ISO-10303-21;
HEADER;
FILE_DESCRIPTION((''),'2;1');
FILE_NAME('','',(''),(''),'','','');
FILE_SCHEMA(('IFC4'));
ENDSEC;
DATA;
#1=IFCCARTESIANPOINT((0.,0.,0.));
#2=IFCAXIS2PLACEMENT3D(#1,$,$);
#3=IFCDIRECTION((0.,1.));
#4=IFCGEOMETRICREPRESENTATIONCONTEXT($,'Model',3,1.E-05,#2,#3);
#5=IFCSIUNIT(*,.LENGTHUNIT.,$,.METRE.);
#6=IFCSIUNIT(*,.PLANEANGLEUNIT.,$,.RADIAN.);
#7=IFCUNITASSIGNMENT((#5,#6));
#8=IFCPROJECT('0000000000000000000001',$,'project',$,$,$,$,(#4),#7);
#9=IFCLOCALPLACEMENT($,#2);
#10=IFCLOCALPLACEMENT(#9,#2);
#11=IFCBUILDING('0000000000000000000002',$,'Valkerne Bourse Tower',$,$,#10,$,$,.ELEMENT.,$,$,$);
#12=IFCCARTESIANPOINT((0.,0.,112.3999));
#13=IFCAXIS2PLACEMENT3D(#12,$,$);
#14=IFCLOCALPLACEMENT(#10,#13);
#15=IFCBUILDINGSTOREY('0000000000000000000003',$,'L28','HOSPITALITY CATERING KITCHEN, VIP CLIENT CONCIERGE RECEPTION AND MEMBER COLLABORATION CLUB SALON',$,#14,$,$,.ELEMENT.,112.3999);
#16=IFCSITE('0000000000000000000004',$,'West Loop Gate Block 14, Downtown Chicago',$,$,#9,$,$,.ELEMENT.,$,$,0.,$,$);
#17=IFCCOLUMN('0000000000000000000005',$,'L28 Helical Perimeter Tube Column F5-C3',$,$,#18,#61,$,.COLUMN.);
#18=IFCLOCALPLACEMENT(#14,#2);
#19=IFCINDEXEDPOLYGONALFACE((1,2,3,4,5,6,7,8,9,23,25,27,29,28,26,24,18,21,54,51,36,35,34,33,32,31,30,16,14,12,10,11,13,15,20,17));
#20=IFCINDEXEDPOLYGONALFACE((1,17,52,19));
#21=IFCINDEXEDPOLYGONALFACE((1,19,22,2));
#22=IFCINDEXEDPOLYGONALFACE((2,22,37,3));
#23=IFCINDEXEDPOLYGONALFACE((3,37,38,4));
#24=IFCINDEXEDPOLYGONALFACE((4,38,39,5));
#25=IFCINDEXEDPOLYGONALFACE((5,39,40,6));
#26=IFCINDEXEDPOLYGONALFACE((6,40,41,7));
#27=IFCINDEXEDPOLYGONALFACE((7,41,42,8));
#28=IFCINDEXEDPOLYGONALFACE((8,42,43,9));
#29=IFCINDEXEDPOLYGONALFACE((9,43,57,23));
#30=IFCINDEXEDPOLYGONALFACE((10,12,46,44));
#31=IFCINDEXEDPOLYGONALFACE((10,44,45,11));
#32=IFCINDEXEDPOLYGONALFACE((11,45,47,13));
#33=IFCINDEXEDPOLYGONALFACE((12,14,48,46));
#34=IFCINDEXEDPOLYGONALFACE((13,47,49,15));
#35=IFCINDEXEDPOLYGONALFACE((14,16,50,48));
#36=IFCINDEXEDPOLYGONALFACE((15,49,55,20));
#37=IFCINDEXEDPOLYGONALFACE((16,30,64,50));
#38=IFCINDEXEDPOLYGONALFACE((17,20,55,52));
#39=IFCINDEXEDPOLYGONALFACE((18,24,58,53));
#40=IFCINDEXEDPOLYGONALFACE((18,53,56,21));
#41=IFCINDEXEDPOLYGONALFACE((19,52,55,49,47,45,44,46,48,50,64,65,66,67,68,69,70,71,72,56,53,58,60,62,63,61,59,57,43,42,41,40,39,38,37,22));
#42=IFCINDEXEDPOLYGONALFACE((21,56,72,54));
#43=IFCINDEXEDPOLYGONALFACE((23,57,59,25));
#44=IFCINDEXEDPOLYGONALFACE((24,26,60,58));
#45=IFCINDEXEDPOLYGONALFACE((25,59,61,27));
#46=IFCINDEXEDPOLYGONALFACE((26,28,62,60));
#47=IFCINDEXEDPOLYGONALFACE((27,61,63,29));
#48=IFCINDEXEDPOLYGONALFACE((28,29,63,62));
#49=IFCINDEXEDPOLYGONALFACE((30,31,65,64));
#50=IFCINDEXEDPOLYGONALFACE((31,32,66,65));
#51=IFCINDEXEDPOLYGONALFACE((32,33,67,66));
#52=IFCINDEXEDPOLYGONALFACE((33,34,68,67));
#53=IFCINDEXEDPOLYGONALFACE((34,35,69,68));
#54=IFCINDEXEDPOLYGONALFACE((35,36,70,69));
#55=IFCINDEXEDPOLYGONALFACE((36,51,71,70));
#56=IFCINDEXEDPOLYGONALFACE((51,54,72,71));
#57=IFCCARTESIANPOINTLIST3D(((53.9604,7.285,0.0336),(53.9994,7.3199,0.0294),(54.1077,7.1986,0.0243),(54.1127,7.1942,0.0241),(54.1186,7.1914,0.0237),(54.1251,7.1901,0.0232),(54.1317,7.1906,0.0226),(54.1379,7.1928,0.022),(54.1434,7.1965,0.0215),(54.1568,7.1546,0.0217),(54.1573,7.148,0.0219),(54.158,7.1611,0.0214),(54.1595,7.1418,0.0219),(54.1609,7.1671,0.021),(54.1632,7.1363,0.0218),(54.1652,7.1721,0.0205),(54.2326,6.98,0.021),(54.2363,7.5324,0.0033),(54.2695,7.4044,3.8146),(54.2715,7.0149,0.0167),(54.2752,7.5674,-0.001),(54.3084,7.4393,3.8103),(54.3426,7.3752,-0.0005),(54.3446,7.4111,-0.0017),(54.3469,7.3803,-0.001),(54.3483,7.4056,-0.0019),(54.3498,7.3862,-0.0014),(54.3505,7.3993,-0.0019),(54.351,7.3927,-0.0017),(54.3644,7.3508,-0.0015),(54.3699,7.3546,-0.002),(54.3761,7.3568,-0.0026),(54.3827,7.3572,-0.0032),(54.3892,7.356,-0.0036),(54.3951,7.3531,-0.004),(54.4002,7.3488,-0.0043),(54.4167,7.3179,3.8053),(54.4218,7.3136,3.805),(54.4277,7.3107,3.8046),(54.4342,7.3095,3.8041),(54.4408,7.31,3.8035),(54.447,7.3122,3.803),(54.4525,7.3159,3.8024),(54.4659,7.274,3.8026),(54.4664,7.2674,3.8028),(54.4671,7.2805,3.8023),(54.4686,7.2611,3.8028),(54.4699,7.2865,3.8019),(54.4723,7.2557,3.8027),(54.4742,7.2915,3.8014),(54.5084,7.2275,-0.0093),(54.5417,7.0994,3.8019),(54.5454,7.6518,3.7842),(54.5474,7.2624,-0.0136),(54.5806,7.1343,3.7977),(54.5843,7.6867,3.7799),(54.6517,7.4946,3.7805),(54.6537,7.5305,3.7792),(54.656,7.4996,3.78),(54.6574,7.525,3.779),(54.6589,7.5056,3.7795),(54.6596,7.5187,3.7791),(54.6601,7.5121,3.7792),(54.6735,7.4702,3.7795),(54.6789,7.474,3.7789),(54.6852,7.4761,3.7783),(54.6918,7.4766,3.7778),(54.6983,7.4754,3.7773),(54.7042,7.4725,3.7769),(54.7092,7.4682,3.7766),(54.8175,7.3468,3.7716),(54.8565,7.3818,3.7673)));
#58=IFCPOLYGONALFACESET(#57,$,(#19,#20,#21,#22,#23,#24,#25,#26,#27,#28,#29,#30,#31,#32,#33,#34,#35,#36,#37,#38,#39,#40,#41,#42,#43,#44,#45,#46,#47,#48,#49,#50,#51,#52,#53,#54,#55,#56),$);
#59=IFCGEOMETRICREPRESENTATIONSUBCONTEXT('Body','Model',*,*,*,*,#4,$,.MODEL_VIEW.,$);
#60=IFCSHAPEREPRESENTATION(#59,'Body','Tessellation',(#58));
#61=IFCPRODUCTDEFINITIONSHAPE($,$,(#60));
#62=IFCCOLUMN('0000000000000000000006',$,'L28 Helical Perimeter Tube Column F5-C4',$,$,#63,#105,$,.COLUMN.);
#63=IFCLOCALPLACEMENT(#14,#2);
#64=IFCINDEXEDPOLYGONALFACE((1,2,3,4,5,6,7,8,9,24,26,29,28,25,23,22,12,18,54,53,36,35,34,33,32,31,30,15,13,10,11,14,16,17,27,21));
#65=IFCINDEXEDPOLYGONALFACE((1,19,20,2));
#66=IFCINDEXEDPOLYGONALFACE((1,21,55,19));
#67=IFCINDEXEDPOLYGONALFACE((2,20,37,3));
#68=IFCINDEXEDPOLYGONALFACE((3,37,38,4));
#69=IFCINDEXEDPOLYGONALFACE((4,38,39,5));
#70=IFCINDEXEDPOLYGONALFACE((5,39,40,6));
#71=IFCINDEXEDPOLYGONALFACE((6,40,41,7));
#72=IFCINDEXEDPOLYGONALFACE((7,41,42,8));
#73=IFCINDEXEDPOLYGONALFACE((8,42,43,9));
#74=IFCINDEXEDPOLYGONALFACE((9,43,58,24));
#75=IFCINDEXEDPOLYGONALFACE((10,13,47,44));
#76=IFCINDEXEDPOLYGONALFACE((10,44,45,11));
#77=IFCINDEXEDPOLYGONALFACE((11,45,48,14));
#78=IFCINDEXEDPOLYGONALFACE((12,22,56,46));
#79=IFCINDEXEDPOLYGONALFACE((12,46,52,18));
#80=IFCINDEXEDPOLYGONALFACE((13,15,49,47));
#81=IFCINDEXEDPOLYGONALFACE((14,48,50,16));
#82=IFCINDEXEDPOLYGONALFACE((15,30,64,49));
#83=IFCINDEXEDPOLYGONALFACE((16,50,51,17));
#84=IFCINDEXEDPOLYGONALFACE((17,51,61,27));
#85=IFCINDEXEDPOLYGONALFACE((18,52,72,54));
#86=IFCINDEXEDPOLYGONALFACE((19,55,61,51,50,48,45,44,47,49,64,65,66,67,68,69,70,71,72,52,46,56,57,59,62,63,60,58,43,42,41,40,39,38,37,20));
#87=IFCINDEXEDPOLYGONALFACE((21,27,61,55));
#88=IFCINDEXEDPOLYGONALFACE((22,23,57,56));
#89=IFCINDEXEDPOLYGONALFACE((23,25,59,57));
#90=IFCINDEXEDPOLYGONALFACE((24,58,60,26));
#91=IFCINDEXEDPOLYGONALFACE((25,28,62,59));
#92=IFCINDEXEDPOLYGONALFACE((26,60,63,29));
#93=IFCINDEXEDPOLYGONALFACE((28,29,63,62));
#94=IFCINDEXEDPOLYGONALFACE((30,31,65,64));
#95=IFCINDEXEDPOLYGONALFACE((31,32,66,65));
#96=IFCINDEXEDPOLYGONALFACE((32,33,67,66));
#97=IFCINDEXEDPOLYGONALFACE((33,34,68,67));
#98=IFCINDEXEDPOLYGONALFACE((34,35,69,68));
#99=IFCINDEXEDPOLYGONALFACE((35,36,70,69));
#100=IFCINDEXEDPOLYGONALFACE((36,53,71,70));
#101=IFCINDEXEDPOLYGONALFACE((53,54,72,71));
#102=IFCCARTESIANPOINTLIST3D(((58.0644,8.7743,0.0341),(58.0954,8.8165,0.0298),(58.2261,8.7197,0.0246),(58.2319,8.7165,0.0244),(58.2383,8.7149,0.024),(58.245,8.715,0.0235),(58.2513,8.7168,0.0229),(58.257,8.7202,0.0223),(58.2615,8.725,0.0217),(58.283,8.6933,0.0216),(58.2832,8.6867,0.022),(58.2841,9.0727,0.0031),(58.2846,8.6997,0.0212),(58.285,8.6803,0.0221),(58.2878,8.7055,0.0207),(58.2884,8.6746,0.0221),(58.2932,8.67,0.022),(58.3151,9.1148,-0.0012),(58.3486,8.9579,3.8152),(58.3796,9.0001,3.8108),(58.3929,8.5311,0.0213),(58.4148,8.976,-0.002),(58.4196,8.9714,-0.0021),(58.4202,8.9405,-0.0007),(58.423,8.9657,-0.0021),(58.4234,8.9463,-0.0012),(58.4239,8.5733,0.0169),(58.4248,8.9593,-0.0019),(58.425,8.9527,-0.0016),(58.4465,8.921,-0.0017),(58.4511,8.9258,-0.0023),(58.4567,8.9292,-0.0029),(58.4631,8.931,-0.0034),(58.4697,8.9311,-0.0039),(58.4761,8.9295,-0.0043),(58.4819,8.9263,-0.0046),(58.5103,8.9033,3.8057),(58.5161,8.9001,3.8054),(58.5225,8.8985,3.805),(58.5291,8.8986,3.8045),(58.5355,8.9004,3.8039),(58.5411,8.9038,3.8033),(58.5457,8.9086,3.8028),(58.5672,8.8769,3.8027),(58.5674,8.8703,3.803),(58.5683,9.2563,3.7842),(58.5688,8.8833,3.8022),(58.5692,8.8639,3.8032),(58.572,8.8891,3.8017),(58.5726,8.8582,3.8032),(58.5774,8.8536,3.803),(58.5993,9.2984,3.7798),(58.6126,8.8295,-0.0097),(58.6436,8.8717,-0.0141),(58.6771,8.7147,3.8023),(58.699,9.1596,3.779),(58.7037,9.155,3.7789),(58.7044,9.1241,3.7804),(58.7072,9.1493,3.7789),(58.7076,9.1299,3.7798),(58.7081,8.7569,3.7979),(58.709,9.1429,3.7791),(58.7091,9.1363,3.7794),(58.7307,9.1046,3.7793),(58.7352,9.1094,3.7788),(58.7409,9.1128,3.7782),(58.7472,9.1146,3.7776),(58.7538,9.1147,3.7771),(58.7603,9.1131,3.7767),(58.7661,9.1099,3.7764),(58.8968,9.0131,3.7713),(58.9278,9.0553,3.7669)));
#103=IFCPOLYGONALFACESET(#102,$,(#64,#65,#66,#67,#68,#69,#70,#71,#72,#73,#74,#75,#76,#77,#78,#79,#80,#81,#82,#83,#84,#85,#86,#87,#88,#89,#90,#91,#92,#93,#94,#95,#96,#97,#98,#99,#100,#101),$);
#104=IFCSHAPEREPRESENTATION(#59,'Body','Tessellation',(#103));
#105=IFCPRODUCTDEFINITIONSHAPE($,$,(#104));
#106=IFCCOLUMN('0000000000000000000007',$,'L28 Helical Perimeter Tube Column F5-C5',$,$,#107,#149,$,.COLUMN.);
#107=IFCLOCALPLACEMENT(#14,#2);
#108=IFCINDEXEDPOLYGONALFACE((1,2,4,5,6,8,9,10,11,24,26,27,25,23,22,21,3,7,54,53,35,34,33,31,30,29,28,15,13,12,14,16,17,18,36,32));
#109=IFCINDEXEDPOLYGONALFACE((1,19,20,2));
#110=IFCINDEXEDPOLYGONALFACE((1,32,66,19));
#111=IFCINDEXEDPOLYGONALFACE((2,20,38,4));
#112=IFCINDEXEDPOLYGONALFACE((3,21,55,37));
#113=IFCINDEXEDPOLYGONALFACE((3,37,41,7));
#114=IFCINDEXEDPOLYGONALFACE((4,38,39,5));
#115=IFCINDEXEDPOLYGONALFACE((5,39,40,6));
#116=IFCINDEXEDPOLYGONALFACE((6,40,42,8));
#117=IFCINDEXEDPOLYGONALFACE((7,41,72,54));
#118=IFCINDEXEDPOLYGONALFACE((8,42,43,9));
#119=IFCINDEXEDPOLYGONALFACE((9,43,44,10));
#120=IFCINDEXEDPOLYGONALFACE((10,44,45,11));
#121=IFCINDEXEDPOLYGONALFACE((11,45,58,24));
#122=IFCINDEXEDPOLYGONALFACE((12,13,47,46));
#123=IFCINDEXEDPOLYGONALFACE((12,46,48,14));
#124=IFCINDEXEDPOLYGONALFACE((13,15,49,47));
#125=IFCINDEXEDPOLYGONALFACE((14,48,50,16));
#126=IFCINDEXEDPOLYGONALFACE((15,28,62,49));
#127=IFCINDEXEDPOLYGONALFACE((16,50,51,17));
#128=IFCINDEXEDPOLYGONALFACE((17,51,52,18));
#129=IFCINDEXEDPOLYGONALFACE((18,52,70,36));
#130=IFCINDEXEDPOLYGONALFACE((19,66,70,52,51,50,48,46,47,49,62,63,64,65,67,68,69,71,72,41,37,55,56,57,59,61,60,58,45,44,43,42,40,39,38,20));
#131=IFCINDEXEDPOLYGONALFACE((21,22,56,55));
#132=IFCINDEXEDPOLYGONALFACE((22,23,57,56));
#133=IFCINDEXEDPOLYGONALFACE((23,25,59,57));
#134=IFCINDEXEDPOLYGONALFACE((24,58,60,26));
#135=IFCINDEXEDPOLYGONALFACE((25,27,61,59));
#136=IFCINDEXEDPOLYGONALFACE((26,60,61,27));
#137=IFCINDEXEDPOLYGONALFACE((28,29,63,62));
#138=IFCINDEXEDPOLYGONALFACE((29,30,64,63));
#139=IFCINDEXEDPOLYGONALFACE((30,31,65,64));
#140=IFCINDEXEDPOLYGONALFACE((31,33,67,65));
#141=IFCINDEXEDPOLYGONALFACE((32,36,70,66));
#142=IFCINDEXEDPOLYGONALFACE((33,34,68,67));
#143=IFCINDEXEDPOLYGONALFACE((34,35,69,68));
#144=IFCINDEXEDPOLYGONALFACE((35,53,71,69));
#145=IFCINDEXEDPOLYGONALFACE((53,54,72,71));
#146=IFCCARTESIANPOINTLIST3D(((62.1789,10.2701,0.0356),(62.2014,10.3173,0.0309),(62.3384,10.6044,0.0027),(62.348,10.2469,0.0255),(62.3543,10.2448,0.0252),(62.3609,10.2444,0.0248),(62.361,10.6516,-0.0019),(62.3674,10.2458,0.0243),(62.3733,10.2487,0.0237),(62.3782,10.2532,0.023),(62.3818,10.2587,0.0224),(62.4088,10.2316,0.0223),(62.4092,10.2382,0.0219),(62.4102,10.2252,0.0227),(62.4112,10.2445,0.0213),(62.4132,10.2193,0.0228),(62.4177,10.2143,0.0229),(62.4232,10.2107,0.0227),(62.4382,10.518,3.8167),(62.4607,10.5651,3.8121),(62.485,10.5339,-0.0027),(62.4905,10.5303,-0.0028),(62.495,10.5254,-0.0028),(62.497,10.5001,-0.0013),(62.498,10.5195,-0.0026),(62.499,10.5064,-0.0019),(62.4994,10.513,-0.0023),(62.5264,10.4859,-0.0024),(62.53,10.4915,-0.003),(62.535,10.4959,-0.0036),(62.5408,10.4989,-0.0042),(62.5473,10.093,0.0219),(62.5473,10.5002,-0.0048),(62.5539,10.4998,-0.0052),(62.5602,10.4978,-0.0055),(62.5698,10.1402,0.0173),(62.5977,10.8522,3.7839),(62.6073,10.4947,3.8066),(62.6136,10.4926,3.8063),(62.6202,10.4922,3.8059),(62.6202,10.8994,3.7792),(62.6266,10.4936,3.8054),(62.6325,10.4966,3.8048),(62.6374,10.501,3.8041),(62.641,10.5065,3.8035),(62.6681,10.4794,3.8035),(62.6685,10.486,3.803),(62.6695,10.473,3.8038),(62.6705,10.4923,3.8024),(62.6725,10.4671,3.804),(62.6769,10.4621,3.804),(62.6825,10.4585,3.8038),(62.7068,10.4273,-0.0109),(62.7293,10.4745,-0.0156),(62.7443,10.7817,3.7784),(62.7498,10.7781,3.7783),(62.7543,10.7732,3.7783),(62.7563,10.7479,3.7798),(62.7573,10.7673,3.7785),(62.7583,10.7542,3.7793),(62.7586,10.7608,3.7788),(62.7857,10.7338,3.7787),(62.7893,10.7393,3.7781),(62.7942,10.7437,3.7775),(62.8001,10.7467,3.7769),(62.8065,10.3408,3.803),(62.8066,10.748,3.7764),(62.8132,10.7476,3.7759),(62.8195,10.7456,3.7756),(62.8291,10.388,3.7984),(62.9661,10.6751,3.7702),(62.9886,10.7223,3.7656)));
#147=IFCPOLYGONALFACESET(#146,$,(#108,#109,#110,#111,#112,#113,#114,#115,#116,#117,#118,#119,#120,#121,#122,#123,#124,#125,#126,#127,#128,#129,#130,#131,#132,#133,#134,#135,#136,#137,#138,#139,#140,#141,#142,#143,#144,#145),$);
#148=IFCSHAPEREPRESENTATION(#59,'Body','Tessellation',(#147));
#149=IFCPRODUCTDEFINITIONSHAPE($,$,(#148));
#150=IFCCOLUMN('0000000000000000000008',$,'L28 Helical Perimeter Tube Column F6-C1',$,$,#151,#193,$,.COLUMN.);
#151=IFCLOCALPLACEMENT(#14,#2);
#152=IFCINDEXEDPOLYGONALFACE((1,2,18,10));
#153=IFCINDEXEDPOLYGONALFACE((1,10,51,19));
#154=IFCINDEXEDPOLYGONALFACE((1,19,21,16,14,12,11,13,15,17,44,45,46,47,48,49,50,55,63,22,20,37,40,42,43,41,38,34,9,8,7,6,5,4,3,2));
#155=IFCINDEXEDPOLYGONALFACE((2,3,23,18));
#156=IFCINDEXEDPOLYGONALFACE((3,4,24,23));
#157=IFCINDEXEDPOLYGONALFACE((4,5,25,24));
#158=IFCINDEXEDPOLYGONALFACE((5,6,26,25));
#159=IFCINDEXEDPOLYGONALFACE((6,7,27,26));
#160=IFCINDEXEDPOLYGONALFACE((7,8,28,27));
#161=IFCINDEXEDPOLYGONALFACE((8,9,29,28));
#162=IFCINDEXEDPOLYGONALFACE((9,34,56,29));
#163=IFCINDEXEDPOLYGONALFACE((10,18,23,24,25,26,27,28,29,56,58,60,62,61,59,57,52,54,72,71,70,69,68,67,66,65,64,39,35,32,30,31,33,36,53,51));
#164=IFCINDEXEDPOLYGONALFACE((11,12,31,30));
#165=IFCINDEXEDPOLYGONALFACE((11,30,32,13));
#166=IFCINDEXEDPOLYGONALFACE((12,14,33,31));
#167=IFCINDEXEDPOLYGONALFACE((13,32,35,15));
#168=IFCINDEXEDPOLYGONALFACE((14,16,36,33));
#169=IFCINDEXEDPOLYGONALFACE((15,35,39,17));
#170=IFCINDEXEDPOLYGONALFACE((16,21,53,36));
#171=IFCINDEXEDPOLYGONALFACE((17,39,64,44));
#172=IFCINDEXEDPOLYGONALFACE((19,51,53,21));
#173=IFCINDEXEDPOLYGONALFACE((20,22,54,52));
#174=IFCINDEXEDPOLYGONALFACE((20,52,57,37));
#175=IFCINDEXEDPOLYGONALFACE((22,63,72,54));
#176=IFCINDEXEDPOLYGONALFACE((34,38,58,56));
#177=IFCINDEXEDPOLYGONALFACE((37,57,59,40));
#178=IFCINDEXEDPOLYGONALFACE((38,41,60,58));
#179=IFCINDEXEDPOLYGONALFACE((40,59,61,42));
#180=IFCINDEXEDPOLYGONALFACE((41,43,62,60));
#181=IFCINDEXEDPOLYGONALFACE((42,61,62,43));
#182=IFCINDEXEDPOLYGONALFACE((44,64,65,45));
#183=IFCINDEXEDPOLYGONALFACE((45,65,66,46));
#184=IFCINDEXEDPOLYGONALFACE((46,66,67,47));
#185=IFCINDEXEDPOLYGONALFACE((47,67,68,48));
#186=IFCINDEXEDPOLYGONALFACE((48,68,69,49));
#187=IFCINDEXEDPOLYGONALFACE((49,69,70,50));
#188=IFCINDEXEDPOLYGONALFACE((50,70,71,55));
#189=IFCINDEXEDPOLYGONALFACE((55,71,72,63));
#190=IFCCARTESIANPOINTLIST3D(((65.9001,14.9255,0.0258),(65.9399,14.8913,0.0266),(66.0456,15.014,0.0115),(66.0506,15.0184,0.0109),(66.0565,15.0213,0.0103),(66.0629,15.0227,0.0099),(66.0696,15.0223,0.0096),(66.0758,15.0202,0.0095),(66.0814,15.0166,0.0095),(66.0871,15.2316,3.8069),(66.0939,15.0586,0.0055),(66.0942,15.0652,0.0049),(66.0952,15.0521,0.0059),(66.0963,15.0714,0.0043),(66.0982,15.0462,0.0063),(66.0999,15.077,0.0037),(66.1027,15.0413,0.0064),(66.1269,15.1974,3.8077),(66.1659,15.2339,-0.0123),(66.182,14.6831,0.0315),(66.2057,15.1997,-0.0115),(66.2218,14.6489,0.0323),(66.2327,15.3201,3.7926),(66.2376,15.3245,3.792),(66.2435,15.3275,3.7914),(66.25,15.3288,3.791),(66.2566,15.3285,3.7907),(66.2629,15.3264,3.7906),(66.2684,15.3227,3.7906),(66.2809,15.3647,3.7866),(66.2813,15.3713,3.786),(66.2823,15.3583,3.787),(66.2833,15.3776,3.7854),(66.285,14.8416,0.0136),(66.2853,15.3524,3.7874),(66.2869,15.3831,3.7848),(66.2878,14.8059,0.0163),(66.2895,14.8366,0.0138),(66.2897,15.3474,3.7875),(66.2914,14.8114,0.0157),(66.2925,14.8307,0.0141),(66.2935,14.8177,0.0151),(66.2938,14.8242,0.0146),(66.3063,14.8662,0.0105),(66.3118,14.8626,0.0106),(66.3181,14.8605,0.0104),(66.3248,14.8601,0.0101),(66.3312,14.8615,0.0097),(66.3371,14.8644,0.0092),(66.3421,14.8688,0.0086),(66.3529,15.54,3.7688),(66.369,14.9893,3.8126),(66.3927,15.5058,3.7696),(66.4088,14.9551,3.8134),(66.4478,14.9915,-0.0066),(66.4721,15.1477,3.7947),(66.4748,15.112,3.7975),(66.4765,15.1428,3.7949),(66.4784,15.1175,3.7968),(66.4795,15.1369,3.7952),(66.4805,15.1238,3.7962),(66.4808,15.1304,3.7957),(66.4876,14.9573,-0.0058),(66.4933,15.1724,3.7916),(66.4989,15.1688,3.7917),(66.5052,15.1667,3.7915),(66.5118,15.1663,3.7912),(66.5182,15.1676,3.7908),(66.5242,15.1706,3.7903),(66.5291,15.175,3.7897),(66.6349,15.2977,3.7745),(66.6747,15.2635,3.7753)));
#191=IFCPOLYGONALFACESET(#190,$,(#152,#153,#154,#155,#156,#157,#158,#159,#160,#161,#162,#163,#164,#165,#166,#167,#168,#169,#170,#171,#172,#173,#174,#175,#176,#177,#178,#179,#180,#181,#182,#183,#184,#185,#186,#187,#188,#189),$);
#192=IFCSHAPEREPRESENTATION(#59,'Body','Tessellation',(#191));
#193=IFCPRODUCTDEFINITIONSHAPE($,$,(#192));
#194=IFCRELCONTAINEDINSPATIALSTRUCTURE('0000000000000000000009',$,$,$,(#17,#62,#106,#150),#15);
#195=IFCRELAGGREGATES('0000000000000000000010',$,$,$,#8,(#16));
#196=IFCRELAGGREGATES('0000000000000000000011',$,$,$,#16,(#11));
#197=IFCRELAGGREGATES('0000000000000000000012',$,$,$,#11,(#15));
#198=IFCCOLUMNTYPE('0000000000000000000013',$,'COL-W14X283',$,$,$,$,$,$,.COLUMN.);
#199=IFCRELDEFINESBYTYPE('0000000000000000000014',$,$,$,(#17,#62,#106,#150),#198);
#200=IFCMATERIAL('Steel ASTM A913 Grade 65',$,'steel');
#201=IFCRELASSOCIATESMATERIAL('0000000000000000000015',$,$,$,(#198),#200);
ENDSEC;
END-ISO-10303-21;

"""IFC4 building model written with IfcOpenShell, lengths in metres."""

from ifc_helpers import new_model, si_unit, direction, frame, origin, origin_2d, place, context, subcontext, project, spatial, i_section, extrude, material, material_profile, profile_set, type_object, element, save


model = new_model("IFC4")

# Units and contexts
model_context = context("Model", 3, precision=1e-05, world=origin(), true_north=direction((0.0, 1.0)))
body_context = subcontext(model_context, "Body", "Model", "MODEL_VIEW")
ifc_project = project(units=[si_unit("LENGTHUNIT", "METRE"), si_unit("PLANEANGLEUNIT", "RADIAN")], contexts=[model_context])

# Site, building, storey
site_placement = place(None, origin())
site = spatial("IfcSite", under=ifc_project, at=site_placement, Name="West Loop Gate Block 14, Downtown Chicago", CompositionType="ELEMENT", RefElevation=0.0)
building_placement = place(site_placement, origin())
building = spatial("IfcBuilding", under=site, at=building_placement, Name="Valkerne Bourse Tower", CompositionType="ELEMENT")
storey_placement = place(building_placement, frame((0.0, 0.0, 112.3999)))
storey = spatial("IfcBuildingStorey", under=building, at=storey_placement, Name="L28", Description="HOSPITALITY CATERING KITCHEN, VIP CLIENT CONCIERGE RECEPTION AND MEMBER COLLABORATION CLUB SALON", CompositionType="ELEMENT", Elevation=112.3999)

# Columns
ifc_material_1 = material(Name="Steel ASTM A913 Grade 65", Category="steel")
ifc_material_profile_1 = material_profile(ifc_material_1, i_section(OverallWidth=0.4089, OverallDepth=0.4243, WebThickness=0.0327, FlangeThickness=0.0525, FilletRadius=0.0254, at=origin_2d()), Name="W14X283")
ifc_profile_set_1 = profile_set([ifc_material_profile_1], Name="Steel ASTM A913 Grade 65")
column_type = type_object("IfcColumnType", Name="COL-W14X283", PredefinedType="COLUMN", material=ifc_profile_set_1)
column_1_placement = place(storey_placement, frame((54.2539, 7.2737, 0.01), z_axis=(0.081434, 0.031454, 0.996182), x_axis=(-0.665525, 0.745737, 0.030857)))
element("IfcColumn", 1, at=column_1_placement, inside=storey, type_object=column_type, Name="L28 Helical Perimeter Tube Column F5-C3", PredefinedType="COLUMN", context=body_context, shape_type="SweptSolid", body=[
    extrude(i_section(OverallWidth=0.4089, OverallDepth=0.4243, WebThickness=0.0327, FlangeThickness=0.0525, FilletRadius=0.0254, at=origin_2d()), origin(), (0.0, 0.0, 1.0), 3.7954),
])
column_2_placement = place(storey_placement, frame((58.354, 8.823, 0.01), z_axis=(0.074861, 0.048364, 0.99602), x_axis=(-0.803343, 0.594682, 0.031503)))
element("IfcColumn", 2, at=column_2_placement, inside=storey, type_object=column_type, Name="L28 Helical Perimeter Tube Column F5-C4", PredefinedType="COLUMN", context=body_context, shape_type="SweptSolid", body=[
    extrude(i_section(OverallWidth=0.4089, OverallDepth=0.4243, WebThickness=0.0327, FlangeThickness=0.0525, FilletRadius=0.0254, at=origin_2d()), origin(), (0.0, 0.0, 1.0), 3.7961),
])
for number, where, z_axis, x_axis, name in (
    (3, (62.4541, 10.3723, 0.01), (0.068267, 0.065246, 0.995531), (-0.900718, 0.433119, 0.033379), "L28 Helical Perimeter Tube Column F5-C5"),
    (4, (66.1938, 14.9414, 0.01), (0.04924, 0.080609, 0.995529), (-0.650043, -0.754159, 0.093217), "L28 Helical Perimeter Tube Column F6-C1"),
):
    element("IfcColumn", number, at=place(storey_placement, frame(where, z_axis=z_axis, x_axis=x_axis)), inside=storey, type_object=column_type, Name=name, PredefinedType="COLUMN", context=body_context, shape_type="SweptSolid", body=[
        extrude(i_section(OverallWidth=0.4089, OverallDepth=0.4243, WebThickness=0.0327, FlangeThickness=0.0525, FilletRadius=0.0254, at=origin_2d()), origin(), (0.0, 0.0, 1.0), 3.7981),
    ])

save(model, "model.ifc")
